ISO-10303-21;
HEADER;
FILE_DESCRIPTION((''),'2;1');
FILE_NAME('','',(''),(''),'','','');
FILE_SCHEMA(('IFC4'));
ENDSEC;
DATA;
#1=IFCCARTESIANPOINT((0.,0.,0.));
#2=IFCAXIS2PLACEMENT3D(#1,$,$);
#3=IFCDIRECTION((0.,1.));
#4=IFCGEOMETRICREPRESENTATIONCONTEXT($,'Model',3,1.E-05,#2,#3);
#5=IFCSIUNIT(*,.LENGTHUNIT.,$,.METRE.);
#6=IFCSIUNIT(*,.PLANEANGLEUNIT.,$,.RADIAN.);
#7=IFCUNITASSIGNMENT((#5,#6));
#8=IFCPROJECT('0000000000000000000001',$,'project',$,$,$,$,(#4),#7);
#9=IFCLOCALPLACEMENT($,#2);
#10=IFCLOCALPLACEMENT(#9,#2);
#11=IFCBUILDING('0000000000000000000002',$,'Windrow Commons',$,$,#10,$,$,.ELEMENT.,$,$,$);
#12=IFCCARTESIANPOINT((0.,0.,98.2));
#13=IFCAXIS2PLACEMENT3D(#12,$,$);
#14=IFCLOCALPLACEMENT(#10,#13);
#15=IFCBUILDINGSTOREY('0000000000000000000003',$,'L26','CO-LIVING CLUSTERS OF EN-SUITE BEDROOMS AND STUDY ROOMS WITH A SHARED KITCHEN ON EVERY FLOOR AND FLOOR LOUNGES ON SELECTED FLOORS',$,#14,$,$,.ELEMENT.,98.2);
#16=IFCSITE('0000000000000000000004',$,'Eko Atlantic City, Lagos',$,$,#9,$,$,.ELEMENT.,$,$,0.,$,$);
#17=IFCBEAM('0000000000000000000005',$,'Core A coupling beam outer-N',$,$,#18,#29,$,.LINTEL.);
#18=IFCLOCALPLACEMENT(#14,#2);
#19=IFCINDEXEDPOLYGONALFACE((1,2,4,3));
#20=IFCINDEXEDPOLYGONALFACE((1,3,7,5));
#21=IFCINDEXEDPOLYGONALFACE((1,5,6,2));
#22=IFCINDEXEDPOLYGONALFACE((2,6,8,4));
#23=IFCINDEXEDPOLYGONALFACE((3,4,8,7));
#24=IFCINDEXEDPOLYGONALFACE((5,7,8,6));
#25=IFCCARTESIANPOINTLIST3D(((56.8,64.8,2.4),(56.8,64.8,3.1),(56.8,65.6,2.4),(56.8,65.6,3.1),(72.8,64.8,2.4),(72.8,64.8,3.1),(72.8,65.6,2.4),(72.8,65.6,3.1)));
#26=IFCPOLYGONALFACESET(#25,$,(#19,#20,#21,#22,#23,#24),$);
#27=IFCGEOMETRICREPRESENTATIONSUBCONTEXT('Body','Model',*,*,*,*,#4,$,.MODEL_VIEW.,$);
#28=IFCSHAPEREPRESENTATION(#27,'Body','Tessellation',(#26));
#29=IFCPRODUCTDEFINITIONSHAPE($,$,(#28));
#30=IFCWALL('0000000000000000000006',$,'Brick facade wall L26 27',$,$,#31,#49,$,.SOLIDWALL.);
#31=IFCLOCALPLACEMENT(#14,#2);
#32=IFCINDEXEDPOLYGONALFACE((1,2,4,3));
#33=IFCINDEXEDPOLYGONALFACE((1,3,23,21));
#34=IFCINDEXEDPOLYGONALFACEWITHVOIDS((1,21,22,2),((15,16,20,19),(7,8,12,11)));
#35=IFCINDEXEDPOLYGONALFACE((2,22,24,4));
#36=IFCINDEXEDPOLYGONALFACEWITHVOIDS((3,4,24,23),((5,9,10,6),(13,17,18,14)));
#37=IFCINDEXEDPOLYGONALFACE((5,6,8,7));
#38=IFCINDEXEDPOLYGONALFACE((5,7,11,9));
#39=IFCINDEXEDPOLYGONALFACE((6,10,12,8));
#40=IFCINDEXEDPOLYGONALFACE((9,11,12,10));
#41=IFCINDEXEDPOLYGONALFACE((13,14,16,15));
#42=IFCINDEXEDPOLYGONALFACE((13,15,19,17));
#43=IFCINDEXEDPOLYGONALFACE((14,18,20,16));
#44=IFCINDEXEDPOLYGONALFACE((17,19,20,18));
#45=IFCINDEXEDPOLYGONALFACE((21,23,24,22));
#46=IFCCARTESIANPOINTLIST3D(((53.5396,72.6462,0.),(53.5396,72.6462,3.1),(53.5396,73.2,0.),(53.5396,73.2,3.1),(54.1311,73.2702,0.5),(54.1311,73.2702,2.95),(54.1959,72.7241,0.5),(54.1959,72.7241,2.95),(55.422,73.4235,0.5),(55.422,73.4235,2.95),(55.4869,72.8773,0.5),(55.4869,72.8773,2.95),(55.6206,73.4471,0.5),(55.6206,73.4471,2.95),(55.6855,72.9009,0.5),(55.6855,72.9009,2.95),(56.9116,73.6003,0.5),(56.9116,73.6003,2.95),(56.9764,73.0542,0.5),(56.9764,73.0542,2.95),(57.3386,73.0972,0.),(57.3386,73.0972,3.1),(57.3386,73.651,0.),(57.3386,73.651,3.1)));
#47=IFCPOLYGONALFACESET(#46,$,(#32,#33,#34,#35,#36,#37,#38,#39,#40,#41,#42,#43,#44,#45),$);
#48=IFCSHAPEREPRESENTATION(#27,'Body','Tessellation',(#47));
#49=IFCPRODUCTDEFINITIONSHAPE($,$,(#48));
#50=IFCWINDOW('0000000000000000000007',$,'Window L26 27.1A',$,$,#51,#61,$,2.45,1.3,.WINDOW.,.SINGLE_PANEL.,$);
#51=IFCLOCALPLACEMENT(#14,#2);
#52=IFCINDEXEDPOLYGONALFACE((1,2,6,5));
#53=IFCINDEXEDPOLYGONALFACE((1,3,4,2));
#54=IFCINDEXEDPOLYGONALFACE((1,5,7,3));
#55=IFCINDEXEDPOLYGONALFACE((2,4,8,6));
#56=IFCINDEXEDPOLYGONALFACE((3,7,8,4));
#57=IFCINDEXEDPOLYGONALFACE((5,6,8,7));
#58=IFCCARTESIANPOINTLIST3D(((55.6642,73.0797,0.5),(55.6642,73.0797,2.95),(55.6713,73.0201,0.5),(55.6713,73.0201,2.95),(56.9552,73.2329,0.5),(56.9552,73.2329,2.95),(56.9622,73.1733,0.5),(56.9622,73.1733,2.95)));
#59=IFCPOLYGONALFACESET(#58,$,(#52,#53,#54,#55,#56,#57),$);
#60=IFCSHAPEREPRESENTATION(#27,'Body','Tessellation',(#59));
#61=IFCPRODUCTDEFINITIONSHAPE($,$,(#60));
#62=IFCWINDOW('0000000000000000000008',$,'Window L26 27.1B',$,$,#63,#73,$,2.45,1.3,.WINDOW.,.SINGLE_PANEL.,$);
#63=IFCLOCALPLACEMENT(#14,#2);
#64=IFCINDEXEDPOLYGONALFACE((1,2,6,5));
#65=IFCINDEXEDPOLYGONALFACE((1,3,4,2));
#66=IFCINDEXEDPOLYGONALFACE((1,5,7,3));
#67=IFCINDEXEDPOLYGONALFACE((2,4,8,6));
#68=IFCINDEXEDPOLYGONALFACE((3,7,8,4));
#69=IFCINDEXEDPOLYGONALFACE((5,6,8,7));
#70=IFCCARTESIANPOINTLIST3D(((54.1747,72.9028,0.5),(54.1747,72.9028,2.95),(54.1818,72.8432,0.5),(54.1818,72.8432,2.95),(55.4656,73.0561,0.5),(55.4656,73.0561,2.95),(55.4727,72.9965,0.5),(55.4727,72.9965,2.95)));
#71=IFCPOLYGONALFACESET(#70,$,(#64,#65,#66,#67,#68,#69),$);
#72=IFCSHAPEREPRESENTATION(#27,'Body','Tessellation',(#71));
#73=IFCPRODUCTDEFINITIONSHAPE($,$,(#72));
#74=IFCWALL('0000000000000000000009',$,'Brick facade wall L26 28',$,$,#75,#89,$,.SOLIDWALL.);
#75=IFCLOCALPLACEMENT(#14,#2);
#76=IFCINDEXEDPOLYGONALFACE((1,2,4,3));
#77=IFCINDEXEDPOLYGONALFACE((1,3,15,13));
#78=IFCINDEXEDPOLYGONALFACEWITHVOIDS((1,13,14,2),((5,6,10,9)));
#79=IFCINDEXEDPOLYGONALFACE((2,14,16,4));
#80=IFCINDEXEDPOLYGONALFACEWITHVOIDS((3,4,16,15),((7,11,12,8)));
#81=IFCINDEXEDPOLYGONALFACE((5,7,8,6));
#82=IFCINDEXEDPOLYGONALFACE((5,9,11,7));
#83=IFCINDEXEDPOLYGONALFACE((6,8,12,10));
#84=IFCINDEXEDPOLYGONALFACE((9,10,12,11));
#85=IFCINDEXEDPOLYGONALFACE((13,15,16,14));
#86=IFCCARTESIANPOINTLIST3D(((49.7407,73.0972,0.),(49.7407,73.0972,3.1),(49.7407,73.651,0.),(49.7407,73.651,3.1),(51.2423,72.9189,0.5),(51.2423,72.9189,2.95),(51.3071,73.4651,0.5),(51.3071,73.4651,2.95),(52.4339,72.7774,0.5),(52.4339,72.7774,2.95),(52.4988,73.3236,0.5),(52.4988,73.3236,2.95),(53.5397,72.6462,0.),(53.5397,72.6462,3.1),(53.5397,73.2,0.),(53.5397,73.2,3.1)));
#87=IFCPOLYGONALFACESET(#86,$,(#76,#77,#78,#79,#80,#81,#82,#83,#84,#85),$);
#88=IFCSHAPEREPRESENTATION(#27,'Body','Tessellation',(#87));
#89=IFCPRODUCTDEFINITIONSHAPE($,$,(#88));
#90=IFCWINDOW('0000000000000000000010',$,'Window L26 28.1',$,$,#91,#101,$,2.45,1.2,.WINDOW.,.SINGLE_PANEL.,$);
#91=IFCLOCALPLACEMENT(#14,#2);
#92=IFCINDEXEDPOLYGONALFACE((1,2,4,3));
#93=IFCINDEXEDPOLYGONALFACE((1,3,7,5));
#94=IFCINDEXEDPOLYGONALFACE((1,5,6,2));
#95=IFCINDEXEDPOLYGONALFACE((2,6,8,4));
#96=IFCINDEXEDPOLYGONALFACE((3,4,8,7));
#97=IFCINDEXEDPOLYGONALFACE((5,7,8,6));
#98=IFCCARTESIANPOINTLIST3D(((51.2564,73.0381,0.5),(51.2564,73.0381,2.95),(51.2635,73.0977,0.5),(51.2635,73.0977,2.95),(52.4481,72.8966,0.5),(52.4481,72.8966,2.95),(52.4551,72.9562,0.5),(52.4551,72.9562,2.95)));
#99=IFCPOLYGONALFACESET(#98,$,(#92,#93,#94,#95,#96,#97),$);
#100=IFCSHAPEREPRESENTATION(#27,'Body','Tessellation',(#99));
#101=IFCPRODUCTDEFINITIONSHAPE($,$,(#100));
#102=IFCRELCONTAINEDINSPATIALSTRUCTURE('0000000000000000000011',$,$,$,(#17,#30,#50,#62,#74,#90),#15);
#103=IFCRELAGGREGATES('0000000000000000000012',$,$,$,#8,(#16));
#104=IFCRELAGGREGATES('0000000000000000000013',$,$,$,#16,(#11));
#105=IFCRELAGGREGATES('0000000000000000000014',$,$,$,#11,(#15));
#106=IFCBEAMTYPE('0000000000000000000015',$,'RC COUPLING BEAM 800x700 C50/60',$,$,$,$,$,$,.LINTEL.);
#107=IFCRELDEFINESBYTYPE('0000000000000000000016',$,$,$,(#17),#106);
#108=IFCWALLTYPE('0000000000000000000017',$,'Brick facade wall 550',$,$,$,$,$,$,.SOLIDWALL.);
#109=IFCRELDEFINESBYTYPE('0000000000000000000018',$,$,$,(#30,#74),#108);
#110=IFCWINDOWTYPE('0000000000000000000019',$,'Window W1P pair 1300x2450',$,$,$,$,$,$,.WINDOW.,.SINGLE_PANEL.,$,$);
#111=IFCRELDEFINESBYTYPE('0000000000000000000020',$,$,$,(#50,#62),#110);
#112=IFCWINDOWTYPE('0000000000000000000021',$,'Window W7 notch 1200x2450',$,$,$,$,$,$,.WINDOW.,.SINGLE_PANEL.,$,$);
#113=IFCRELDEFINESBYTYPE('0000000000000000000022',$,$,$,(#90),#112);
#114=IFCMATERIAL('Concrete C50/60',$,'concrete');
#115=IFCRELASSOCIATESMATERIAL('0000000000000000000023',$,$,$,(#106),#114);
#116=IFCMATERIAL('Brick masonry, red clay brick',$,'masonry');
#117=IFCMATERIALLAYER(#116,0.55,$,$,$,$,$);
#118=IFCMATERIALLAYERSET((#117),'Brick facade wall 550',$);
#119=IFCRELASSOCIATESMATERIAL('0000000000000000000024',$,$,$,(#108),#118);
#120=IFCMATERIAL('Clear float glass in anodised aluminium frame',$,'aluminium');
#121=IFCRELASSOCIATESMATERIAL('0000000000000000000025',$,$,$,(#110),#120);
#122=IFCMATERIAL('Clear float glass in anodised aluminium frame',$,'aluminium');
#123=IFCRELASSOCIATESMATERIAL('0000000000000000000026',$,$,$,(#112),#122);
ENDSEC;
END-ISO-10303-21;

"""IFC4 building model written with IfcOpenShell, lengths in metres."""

from ifc_helpers import new_model, si_unit, direction, frame, frame_2d, origin, origin_2d, place, context, subcontext, project, spatial, polyline, rectangle, outline, extrude, material, layer, layer_set, material_profile, profile_set, type_object, element, fill, save


model = new_model("IFC4")

# Units and contexts
model_context = context("Model", 3, precision=1e-05, world=origin(), true_north=direction((0.0, 1.0)))
body_context = subcontext(model_context, "Body", "Model", "MODEL_VIEW")
ifc_project = project(units=[si_unit("LENGTHUNIT", "METRE"), si_unit("PLANEANGLEUNIT", "RADIAN")], contexts=[model_context])

# Site, building, storey
site_placement = place(None, origin())
site = spatial("IfcSite", under=ifc_project, at=site_placement, Name="Eko Atlantic City, Lagos", CompositionType="ELEMENT", RefElevation=0.0)
building_placement = place(site_placement, origin())
building = spatial("IfcBuilding", under=site, at=building_placement, Name="Windrow Commons", CompositionType="ELEMENT")
storey_placement = place(building_placement, frame((0.0, 0.0, 98.2)))
storey = spatial("IfcBuildingStorey", under=building, at=storey_placement, Name="L26", Description="CO-LIVING CLUSTERS OF EN-SUITE BEDROOMS AND STUDY ROOMS WITH A SHARED KITCHEN ON EVERY FLOOR AND FLOOR LOUNGES ON SELECTED FLOORS", CompositionType="ELEMENT", Elevation=98.2)

# Beam
ifc_material_1 = material(Name="Concrete C50/60", Category="concrete")
ifc_material_profile = material_profile(ifc_material_1, rectangle(XDim=0.8, YDim=0.7, at=origin_2d()))
ifc_profile_set = profile_set([ifc_material_profile], Name="Concrete C50/60")
beam_type = type_object("IfcBeamType", Name="RC COUPLING BEAM 800x700 C50/60", PredefinedType="LINTEL", material=ifc_profile_set)
beam_placement = place(storey_placement, frame((56.8, 65.2, 2.75), z_axis=(1.0, 0.0, 0.0), x_axis=(0.0, 1.0, 0.0)))
element("IfcBeam", 1, at=beam_placement, inside=storey, type_object=beam_type, Name="Core A coupling beam outer-N", PredefinedType="LINTEL", context=body_context, shape_type="SweptSolid", body=[
    extrude(rectangle(XDim=0.8, YDim=0.7, at=origin_2d()), origin(), (0.0, 0.0, 1.0), 16.0),
])

# Wall, openings, windows
ifc_material_2 = material(Name="Brick masonry, red clay brick", Category="masonry")
ifc_layer_1 = layer(ifc_material_2, 0.55)
ifc_layer_set_1 = layer_set([ifc_layer_1], Name="Brick facade wall 550")
wall_type_1 = type_object("IfcWallType", Name="Brick facade wall 550", PredefinedType="SOLIDWALL", material=ifc_layer_set_1)
wall_1_placement = place(storey_placement, frame((57.3386, 73.3741, 0.0), z_axis=(0.0, 0.0, 1.0), x_axis=(-0.993027, -0.117891, 0.0)))
wall_1 = element("IfcWall", 2, at=wall_1_placement, inside=storey, type_object=wall_type_1, Name="Brick facade wall L26 27", PredefinedType="SOLIDWALL", context=body_context, shape_type="SweptSolid", body=[
    extrude(outline(polyline([(-0.0326, -0.275), (3.793, -0.275), (3.8583, 0.275), (0.0326, 0.275), (-0.0326, -0.275)])), origin(), (0.0, 0.0, 1.0), 3.1),
])
opening_1_placement = place(wall_1_placement, frame((0.3974, 0.0, 0.5)))
opening_1 = element("IfcOpeningElement", 3, at=opening_1_placement, cuts=wall_1, PredefinedType="OPENING", context=body_context, shape_type="SweptSolid", body=[
    extrude(rectangle(XDim=1.3, YDim=2.45, at=frame_2d((0.65, 1.225))), frame((0.0, 0.285, 0.0), z_axis=(0.0, -1.0, 0.0), x_axis=(1.0, 0.0, 0.0)), (0.0, 0.0, 1.0), 0.57),
])
opening_2_placement = place(wall_1_placement, frame((1.8974, 0.0, 0.5)))
opening_2 = element("IfcOpeningElement", 4, at=opening_2_placement, cuts=wall_1, PredefinedType="OPENING", context=body_context, shape_type="SweptSolid", body=[
    extrude(rectangle(XDim=1.3, YDim=2.45, at=frame_2d((0.65, 1.225))), frame((0.0, 0.285, 0.0), z_axis=(0.0, -1.0, 0.0), x_axis=(1.0, 0.0, 0.0)), (0.0, 0.0, 1.0), 0.57),
])
ifc_material_3 = material(Name="Clear float glass in anodised aluminium frame", Category="aluminium")
window_type_1 = type_object("IfcWindowType", Name="Window W1P pair 1300x2450", PartitioningType="SINGLE_PANEL", PredefinedType="WINDOW", material=ifc_material_3)
window_1_placement = place(opening_1_placement, origin())
window_1 = element("IfcWindow", 5, at=window_1_placement, inside=storey, type_object=window_type_1, Name="Window L26 27.1A", OverallHeight=2.45, OverallWidth=1.3, PartitioningType="SINGLE_PANEL", PredefinedType="WINDOW", context=body_context, shape_type="SweptSolid", body=[
    extrude(rectangle(XDim=1.3, YDim=2.45, at=frame_2d((0.65, 1.225))), frame((0.0, 0.155, 0.0), z_axis=(0.0, -1.0, 0.0), x_axis=(1.0, 0.0, 0.0)), (0.0, 0.0, 1.0), 0.06),
])
fill(opening_1, window_1)
window_2_placement = place(opening_2_placement, origin())
window_2 = element("IfcWindow", 6, at=window_2_placement, inside=storey, type_object=window_type_1, Name="Window L26 27.1B", OverallHeight=2.45, OverallWidth=1.3, PartitioningType="SINGLE_PANEL", PredefinedType="WINDOW", context=body_context, shape_type="SweptSolid", body=[
    extrude(rectangle(XDim=1.3, YDim=2.45, at=frame_2d((0.65, 1.225))), frame((0.0, 0.155, 0.0), z_axis=(0.0, -1.0, 0.0), x_axis=(1.0, 0.0, 0.0)), (0.0, 0.0, 1.0), 0.06),
])
fill(opening_2, window_2)

# Wall, opening, window
wall_2_placement = place(storey_placement, frame((53.5397, 72.9231, 0.0), z_axis=(0.0, 0.0, 1.0), x_axis=(-0.993027, 0.117888, 0.0)))
wall_2 = element("IfcWall", 7, at=wall_2_placement, inside=storey, type_object=wall_type_1, Name="Brick facade wall L26 28", PredefinedType="SOLIDWALL", context=body_context, shape_type="SweptSolid", body=[
    extrude(outline(polyline([(0.0326, -0.275), (3.8583, -0.275), (3.793, 0.275), (-0.0326, 0.275), (0.0326, -0.275)])), origin(), (0.0, 0.0, 1.0), 3.1),
])
opening_3_placement = place(wall_2_placement, frame((1.0809, 0.0, 0.5)))
opening_3 = element("IfcOpeningElement", 8, at=opening_3_placement, cuts=wall_2, PredefinedType="OPENING", context=body_context, shape_type="SweptSolid", body=[
    extrude(rectangle(XDim=1.2, YDim=2.45, at=frame_2d((0.6, 1.225))), frame((0.0, 0.285, 0.0), z_axis=(0.0, -1.0, 0.0), x_axis=(1.0, 0.0, 0.0)), (0.0, 0.0, 1.0), 0.57),
])
ifc_material_4 = material(Name="Clear float glass in anodised aluminium frame", Category="aluminium")
window_type_2 = type_object("IfcWindowType", Name="Window W7 notch 1200x2450", PartitioningType="SINGLE_PANEL", PredefinedType="WINDOW", material=ifc_material_4)
window_3_placement = place(opening_3_placement, origin())
window_3 = element("IfcWindow", 9, at=window_3_placement, inside=storey, type_object=window_type_2, Name="Window L26 28.1", OverallHeight=2.45, OverallWidth=1.2, PartitioningType="SINGLE_PANEL", PredefinedType="WINDOW", context=body_context, shape_type="SweptSolid", body=[
    extrude(rectangle(XDim=1.2, YDim=2.45, at=frame_2d((0.6, 1.225))), frame((0.0, 0.155, 0.0), z_axis=(0.0, -1.0, 0.0), x_axis=(1.0, 0.0, 0.0)), (0.0, 0.0, 1.0), 0.06),
])
fill(opening_3, window_3)

save(model, "model.ifc")
